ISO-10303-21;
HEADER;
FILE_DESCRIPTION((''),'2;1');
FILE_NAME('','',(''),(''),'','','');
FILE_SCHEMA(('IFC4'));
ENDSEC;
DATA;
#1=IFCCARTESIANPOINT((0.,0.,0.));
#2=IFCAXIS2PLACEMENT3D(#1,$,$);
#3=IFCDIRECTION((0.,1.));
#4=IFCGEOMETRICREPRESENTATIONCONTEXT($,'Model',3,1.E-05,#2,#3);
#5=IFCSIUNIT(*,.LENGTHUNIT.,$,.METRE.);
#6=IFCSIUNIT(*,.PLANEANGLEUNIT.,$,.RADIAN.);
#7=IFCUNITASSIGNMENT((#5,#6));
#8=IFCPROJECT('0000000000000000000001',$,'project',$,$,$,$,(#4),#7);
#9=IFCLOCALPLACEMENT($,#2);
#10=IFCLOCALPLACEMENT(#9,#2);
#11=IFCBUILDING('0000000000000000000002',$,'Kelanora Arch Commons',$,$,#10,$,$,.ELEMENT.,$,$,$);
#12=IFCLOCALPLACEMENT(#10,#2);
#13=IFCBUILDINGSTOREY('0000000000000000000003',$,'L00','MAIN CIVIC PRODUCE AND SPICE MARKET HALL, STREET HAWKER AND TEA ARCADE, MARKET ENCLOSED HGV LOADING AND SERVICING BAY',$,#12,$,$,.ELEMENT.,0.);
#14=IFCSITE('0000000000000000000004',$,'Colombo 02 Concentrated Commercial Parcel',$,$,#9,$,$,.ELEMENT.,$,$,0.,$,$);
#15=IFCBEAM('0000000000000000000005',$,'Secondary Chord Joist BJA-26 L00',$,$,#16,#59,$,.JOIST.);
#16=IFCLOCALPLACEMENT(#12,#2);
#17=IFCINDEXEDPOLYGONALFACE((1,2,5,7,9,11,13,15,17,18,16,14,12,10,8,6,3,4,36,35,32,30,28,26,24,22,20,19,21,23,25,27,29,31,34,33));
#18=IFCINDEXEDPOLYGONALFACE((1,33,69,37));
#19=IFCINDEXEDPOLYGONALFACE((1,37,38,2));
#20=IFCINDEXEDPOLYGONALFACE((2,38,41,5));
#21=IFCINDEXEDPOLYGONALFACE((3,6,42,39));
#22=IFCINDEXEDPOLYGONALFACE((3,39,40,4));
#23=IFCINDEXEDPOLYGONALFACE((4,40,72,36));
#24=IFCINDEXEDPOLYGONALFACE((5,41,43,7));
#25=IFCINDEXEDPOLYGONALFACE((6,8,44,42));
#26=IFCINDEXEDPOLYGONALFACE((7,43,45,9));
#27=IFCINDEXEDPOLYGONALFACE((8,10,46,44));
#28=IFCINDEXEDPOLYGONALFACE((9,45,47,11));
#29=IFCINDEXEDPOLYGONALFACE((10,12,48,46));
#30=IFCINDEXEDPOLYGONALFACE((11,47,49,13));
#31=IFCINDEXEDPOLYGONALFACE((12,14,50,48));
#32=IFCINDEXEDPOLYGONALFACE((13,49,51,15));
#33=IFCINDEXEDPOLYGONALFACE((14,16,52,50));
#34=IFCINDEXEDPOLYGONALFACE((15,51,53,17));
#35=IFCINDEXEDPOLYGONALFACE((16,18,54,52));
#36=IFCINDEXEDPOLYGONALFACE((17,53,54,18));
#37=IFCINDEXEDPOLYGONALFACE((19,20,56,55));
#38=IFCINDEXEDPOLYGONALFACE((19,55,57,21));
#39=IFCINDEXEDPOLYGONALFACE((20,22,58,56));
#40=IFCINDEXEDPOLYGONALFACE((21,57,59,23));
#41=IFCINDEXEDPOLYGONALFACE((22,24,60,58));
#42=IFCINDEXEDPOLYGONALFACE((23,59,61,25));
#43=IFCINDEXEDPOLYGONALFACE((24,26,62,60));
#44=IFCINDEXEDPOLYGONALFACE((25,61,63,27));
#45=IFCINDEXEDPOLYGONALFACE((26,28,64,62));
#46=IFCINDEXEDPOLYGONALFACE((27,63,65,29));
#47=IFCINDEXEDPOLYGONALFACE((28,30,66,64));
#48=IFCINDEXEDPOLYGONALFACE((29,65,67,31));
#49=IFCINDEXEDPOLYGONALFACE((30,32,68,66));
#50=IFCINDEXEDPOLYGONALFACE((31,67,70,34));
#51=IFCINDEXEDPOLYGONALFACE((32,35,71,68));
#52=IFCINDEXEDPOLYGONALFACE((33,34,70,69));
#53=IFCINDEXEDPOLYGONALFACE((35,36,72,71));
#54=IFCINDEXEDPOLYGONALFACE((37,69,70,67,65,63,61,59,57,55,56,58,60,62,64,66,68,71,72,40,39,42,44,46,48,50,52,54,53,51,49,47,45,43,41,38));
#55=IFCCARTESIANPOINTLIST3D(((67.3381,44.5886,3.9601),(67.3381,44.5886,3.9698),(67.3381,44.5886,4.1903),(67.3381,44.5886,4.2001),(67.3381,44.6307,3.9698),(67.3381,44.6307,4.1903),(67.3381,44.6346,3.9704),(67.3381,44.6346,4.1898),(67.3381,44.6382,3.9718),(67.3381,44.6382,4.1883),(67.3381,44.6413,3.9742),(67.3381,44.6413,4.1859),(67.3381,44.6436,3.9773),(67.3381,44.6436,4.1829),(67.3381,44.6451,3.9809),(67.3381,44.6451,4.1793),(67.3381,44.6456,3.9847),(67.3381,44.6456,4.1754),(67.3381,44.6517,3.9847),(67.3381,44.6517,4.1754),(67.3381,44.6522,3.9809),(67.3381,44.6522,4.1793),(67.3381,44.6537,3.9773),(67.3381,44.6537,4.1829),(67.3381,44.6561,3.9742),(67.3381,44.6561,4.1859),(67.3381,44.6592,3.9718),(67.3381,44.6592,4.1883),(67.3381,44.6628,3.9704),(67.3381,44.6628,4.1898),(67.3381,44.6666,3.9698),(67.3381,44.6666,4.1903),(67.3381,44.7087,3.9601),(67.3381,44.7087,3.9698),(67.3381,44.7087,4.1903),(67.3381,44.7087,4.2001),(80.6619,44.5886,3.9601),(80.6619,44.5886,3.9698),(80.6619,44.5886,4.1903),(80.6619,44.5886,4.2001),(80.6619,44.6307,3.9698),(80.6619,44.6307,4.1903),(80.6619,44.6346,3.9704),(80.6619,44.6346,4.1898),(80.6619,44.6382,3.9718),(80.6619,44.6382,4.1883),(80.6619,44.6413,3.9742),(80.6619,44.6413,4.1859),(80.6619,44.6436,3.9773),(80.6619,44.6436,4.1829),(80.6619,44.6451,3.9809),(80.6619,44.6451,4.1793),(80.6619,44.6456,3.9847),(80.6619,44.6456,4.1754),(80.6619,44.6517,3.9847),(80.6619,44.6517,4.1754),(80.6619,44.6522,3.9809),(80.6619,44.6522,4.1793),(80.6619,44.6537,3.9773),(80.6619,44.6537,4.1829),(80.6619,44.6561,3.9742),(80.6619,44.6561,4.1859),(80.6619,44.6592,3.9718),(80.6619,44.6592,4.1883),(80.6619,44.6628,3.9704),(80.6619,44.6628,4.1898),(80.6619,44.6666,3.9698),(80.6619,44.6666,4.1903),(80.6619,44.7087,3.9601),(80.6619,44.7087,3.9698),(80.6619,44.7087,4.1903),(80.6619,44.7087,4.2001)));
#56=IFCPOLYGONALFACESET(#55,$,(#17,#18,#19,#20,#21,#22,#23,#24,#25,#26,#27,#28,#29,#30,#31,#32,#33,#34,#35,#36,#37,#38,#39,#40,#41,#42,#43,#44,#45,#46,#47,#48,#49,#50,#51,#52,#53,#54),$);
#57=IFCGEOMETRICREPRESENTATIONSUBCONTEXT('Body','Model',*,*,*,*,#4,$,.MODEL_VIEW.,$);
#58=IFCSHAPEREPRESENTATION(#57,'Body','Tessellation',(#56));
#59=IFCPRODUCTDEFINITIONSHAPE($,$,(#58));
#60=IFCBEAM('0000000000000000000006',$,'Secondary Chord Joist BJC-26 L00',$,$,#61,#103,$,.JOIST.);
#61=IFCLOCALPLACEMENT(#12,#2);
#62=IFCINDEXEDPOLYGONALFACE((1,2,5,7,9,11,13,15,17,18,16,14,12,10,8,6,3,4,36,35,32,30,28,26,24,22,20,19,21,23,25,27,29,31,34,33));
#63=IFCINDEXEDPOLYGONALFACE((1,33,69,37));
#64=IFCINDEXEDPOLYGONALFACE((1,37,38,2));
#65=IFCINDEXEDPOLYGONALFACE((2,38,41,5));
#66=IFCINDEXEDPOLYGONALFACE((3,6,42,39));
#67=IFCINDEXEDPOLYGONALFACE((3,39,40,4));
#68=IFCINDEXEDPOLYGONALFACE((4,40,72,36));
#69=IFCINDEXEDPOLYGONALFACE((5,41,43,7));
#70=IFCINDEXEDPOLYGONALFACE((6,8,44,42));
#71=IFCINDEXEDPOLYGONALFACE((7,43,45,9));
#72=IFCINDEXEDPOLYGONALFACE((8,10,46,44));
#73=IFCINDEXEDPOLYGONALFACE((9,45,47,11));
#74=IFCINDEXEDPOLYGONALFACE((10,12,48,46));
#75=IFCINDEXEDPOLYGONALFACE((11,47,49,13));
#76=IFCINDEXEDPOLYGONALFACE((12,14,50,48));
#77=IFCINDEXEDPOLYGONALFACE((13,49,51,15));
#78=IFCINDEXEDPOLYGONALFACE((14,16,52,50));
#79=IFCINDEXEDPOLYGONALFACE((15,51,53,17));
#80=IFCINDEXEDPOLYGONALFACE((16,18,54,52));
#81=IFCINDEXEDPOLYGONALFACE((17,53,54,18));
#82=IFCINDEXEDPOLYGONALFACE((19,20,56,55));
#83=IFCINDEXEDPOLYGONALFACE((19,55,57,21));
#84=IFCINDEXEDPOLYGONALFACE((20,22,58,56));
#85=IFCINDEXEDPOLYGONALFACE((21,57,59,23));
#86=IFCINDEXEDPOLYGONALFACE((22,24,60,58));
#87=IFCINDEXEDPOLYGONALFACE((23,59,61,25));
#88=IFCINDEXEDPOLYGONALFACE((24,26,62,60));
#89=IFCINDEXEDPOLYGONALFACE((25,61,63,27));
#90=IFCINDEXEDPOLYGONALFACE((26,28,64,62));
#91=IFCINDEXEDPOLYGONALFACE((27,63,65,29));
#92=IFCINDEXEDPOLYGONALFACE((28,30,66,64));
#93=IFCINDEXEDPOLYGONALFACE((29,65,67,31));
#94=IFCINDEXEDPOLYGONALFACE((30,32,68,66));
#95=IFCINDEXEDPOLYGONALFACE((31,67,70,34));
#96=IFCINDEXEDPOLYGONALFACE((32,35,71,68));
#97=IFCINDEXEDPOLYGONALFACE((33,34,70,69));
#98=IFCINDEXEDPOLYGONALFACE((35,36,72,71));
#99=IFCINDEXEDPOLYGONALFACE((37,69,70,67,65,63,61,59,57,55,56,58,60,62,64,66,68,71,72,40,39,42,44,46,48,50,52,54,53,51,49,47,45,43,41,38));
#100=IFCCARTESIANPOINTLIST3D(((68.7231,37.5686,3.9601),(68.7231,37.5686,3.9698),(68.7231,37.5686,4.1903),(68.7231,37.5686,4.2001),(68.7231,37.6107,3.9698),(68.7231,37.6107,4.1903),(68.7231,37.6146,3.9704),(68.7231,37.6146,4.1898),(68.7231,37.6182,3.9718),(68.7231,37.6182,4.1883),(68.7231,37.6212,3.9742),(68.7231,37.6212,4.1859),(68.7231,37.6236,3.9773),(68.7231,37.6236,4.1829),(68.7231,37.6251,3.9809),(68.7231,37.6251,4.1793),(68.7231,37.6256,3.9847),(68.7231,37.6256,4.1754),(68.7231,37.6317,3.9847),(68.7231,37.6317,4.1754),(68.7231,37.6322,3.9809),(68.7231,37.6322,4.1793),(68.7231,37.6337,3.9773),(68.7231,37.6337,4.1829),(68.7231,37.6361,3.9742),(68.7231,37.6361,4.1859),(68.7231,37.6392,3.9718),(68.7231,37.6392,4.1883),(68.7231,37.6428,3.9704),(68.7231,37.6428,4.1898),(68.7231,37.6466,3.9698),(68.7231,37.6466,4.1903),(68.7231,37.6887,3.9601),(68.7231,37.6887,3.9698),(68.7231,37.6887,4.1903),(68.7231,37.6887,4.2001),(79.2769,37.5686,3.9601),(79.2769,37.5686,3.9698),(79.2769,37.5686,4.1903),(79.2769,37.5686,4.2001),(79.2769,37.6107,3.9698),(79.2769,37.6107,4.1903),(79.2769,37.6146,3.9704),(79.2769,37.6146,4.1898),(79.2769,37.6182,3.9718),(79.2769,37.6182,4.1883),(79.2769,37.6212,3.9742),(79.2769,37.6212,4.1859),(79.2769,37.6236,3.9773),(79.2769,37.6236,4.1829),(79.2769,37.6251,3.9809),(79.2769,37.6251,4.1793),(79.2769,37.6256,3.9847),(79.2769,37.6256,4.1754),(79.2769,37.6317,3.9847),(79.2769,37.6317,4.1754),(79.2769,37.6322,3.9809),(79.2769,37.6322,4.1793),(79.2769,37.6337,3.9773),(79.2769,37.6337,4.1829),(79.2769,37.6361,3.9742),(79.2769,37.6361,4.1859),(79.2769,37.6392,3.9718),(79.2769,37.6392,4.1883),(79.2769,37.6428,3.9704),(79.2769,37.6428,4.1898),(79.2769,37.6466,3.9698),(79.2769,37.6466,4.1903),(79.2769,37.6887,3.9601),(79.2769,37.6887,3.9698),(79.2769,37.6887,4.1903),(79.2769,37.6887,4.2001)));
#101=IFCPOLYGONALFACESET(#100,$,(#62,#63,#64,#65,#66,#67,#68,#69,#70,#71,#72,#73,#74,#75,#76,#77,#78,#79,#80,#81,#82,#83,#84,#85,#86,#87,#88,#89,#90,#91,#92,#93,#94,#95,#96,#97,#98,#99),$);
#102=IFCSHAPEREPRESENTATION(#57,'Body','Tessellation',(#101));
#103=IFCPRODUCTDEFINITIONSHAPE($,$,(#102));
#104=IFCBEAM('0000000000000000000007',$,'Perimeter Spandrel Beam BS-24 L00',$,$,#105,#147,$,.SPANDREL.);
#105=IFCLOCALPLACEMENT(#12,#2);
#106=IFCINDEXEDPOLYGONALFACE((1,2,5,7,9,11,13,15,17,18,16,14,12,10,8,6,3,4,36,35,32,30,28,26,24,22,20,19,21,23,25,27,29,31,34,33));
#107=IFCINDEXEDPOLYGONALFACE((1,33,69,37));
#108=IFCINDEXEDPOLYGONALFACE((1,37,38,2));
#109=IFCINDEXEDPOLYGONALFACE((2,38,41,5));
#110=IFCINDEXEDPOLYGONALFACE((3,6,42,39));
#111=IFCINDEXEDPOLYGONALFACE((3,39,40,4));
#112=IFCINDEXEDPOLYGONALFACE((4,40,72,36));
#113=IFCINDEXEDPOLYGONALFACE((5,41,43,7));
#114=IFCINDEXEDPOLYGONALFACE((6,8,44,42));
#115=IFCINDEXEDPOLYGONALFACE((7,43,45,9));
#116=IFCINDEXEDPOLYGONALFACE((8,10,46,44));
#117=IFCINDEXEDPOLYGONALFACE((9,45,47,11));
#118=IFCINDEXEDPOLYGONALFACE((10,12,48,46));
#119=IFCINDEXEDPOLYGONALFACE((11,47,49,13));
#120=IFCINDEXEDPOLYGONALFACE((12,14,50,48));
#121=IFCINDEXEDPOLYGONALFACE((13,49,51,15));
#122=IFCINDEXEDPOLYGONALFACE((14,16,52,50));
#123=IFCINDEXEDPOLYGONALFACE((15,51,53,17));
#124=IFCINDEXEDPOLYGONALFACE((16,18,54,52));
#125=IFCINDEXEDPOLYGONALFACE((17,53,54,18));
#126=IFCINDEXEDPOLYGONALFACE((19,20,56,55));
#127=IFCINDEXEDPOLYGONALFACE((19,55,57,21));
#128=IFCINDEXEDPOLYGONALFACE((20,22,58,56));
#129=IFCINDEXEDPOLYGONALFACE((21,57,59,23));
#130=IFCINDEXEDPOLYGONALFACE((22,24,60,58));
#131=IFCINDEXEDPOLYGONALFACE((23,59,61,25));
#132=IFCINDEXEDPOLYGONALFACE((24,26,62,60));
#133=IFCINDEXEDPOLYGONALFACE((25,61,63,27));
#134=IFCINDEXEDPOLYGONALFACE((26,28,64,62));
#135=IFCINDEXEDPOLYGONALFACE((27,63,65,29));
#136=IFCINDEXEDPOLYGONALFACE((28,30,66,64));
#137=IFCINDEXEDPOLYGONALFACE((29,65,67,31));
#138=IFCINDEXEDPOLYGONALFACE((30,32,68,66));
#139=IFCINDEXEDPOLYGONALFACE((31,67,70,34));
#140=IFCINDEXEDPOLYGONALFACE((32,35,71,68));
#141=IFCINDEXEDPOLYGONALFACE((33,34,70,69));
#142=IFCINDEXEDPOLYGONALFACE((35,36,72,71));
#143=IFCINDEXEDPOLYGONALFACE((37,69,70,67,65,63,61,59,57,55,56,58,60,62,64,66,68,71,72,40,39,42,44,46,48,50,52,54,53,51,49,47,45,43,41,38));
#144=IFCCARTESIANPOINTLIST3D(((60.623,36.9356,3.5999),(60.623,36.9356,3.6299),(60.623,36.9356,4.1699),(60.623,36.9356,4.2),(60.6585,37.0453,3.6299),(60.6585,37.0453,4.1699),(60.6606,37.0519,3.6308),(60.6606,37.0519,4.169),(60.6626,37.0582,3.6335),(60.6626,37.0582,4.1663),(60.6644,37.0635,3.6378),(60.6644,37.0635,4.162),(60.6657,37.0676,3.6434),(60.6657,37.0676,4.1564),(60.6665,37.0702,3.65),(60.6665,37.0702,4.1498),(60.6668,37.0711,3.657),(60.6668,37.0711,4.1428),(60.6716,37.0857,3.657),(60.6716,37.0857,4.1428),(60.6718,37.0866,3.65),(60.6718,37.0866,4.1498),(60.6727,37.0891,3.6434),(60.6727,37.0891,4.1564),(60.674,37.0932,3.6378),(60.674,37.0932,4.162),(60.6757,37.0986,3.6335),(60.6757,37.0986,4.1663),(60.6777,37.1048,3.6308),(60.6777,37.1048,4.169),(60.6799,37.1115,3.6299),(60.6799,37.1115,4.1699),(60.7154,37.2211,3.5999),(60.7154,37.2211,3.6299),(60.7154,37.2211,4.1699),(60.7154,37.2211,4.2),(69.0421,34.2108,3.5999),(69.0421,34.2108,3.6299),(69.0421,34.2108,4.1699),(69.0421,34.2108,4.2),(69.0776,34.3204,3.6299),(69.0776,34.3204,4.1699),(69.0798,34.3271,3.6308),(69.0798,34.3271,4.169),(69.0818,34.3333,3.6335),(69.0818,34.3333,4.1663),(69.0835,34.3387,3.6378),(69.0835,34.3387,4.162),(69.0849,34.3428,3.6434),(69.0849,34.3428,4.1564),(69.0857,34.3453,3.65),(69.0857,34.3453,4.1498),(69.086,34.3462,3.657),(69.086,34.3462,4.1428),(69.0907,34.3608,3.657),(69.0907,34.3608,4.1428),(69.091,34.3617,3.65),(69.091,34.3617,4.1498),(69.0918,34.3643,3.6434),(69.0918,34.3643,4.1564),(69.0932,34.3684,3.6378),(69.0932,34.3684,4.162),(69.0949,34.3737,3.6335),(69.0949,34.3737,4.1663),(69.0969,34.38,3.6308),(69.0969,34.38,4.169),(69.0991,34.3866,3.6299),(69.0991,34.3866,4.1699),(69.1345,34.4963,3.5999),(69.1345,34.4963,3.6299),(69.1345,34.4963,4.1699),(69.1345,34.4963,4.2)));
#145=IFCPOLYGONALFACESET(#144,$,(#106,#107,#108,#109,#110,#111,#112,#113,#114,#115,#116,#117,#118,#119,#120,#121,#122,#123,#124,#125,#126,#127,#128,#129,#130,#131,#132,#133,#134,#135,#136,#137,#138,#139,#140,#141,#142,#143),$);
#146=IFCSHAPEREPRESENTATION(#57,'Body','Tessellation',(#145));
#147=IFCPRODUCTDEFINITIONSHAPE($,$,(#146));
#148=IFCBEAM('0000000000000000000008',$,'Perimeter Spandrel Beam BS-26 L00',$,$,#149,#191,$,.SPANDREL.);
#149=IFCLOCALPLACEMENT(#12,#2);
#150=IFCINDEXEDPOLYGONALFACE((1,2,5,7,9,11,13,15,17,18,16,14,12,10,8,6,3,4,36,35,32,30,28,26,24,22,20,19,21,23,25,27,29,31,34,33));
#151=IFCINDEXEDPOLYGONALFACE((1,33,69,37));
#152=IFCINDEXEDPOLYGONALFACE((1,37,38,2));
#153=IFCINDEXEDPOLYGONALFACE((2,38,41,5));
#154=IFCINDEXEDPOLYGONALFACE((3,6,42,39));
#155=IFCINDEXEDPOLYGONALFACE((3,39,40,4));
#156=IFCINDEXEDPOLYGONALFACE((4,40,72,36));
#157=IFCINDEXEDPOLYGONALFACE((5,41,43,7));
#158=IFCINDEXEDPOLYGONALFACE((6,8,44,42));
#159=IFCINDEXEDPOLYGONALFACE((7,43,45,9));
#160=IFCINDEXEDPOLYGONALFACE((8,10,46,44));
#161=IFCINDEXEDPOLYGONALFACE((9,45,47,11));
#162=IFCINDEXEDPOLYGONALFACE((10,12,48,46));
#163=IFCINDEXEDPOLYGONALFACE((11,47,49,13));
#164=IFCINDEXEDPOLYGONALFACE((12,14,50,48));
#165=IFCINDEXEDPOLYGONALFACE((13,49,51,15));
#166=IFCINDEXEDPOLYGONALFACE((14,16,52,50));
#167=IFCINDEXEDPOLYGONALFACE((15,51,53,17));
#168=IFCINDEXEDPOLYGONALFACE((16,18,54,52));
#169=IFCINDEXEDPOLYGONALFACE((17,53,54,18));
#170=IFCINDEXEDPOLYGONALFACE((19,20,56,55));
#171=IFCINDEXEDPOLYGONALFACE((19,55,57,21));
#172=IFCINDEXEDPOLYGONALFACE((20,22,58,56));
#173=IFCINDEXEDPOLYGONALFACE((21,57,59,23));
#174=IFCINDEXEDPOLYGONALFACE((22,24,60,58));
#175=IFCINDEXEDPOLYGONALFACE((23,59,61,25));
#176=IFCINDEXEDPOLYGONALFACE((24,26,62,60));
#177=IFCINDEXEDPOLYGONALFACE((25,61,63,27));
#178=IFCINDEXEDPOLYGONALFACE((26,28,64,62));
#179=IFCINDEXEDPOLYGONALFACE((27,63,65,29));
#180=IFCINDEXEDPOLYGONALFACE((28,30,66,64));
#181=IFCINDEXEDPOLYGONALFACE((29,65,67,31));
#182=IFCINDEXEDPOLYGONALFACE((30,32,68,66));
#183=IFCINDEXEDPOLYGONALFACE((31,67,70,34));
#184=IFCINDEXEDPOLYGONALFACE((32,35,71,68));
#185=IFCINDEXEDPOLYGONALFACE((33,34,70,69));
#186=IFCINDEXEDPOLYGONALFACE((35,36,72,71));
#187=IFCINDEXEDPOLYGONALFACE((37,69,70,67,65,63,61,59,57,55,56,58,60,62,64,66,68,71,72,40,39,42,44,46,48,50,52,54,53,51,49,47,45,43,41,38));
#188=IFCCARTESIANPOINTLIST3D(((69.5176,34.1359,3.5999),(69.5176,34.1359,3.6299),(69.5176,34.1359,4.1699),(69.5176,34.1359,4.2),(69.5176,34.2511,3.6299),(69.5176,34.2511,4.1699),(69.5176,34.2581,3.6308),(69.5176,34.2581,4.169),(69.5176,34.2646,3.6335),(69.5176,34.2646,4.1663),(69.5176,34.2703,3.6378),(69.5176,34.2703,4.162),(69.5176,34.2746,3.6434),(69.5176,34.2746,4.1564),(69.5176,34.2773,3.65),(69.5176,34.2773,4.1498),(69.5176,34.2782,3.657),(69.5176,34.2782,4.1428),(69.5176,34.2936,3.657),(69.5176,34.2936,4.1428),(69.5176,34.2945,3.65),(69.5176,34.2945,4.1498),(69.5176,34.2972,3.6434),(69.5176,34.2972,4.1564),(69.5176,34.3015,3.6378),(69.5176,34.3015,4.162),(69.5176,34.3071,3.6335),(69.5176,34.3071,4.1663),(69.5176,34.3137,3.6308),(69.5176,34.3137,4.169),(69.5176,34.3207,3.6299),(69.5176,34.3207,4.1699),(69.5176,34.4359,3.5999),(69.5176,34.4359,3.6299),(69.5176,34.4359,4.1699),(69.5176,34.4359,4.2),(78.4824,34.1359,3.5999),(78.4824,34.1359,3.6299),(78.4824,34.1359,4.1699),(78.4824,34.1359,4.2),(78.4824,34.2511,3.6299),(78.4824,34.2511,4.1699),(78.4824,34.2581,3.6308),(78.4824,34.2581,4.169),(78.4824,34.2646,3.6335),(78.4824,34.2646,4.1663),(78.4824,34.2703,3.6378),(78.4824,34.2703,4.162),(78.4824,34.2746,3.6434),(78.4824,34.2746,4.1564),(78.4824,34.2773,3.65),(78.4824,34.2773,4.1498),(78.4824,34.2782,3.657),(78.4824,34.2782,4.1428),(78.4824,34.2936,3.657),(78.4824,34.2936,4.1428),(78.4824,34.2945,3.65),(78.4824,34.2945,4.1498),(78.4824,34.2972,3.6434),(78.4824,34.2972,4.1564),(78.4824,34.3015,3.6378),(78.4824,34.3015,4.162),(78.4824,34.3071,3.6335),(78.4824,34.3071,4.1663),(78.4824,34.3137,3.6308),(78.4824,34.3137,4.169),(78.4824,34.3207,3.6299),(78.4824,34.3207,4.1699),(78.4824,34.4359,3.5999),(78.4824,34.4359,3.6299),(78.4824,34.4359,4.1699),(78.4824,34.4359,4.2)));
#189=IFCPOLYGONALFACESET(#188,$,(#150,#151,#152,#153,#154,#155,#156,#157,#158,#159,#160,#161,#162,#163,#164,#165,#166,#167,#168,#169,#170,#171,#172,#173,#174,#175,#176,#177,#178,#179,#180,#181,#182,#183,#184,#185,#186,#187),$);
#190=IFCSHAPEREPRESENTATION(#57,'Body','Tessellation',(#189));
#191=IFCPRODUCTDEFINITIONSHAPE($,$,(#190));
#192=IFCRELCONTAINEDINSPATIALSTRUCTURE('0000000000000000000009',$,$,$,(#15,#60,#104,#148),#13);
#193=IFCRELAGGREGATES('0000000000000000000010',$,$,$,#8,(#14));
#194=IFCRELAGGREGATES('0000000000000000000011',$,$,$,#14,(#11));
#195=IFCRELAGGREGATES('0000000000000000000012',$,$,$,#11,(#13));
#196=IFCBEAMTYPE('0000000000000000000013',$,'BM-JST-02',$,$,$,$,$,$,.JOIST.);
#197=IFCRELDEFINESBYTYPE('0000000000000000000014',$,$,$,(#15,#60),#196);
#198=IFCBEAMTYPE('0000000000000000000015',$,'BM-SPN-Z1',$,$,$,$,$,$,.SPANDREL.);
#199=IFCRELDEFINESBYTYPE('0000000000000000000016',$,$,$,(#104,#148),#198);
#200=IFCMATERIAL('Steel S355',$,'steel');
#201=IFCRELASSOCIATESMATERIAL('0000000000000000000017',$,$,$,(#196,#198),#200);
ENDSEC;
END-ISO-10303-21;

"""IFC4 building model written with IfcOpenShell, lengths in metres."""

from ifc_helpers import new_model, si_unit, direction, frame, origin, origin_2d, place, context, subcontext, project, spatial, i_section, extrude, material, material_profile, profile_set, type_object, element, save


model = new_model("IFC4")

# Units and contexts
model_context = context("Model", 3, precision=1e-05, world=origin(), true_north=direction((0.0, 1.0)))
body_context = subcontext(model_context, "Body", "Model", "MODEL_VIEW")
ifc_project = project(units=[si_unit("LENGTHUNIT", "METRE"), si_unit("PLANEANGLEUNIT", "RADIAN")], contexts=[model_context])

# Site, building, storey
site_placement = place(None, origin())
site = spatial("IfcSite", under=ifc_project, at=site_placement, Name="Colombo 02 Concentrated Commercial Parcel", CompositionType="ELEMENT", RefElevation=0.0)
building_placement = place(site_placement, origin())
building = spatial("IfcBuilding", under=site, at=building_placement, Name="Kelanora Arch Commons", CompositionType="ELEMENT")
storey_placement = place(building_placement, origin())
storey = spatial("IfcBuildingStorey", under=building, at=storey_placement, Name="L00", Description="MAIN CIVIC PRODUCE AND SPICE MARKET HALL, STREET HAWKER AND TEA ARCADE, MARKET ENCLOSED HGV LOADING AND SERVICING BAY", CompositionType="ELEMENT", Elevation=0.0)

# Beams
ifc_material_1 = material(Name="Steel S355", Category="steel")
ifc_material_profile_1 = material_profile(ifc_material_1, i_section(OverallWidth=0.1201, OverallDepth=0.24, WebThickness=0.0061, FlangeThickness=0.0098, FilletRadius=0.0149, at=origin_2d()), Name="IPE240")
ifc_profile_set_1 = profile_set([ifc_material_profile_1], Name="Steel S355")
beam_type_1 = type_object("IfcBeamType", Name="BM-JST-02", PredefinedType="JOIST", material=ifc_profile_set_1)
beam_1_placement = place(storey_placement, frame((67.3381, 44.6487, 4.0801), z_axis=(1.0, 0.0, 0.0), x_axis=(0.0, 1.0, 0.0)))
element("IfcBeam", 1, at=beam_1_placement, inside=storey, type_object=beam_type_1, Name="Secondary Chord Joist BJA-26 L00", PredefinedType="JOIST", context=body_context, shape_type="SweptSolid", body=[
    extrude(i_section(OverallWidth=0.1201, OverallDepth=0.24, WebThickness=0.0061, FlangeThickness=0.0098, FilletRadius=0.0149, at=origin_2d()), origin(), (0.0, 0.0, 1.0), 13.3237),
])
beam_2_placement = place(storey_placement, frame((68.7231, 37.6287, 4.0801), z_axis=(1.0, 0.0, 0.0), x_axis=(0.0, 1.0, 0.0)))
element("IfcBeam", 2, at=beam_2_placement, inside=storey, type_object=beam_type_1, Name="Secondary Chord Joist BJC-26 L00", PredefinedType="JOIST", context=body_context, shape_type="SweptSolid", body=[
    extrude(i_section(OverallWidth=0.1201, OverallDepth=0.24, WebThickness=0.0061, FlangeThickness=0.0098, FilletRadius=0.0149, at=origin_2d()), origin(), (0.0, 0.0, 1.0), 10.5537),
])
ifc_material_profile_2 = material_profile(ifc_material_1, i_section(OverallWidth=0.3, OverallDepth=0.6001, WebThickness=0.0154, FlangeThickness=0.03, FilletRadius=0.0271, at=origin_2d()), Name="HEB600")
ifc_profile_set_2 = profile_set([ifc_material_profile_2], Name="Steel S355")
beam_type_2 = type_object("IfcBeamType", Name="BM-SPN-Z1", PredefinedType="SPANDREL", material=ifc_profile_set_2)
beam_3_placement = place(storey_placement, frame((60.6692, 37.0784, 3.8999), z_axis=(0.951411, -0.307922, 0.0), x_axis=(0.307922, 0.951411, 0.0)))
element("IfcBeam", 3, at=beam_3_placement, inside=storey, type_object=beam_type_2, Name="Perimeter Spandrel Beam BS-24 L00", PredefinedType="SPANDREL", context=body_context, shape_type="SweptSolid", body=[
    extrude(i_section(OverallWidth=0.3, OverallDepth=0.6001, WebThickness=0.0154, FlangeThickness=0.03, FilletRadius=0.0271, at=origin_2d()), origin(), (0.0, 0.0, 1.0), 8.8491),
])
beam_4_placement = place(storey_placement, frame((69.5176, 34.2859, 3.8999), z_axis=(1.0, 0.0, 0.0), x_axis=(0.0, 1.0, 0.0)))
element("IfcBeam", 4, at=beam_4_placement, inside=storey, type_object=beam_type_2, Name="Perimeter Spandrel Beam BS-26 L00", PredefinedType="SPANDREL", context=body_context, shape_type="SweptSolid", body=[
    extrude(i_section(OverallWidth=0.3, OverallDepth=0.6001, WebThickness=0.0154, FlangeThickness=0.03, FilletRadius=0.0271, at=origin_2d()), origin(), (0.0, 0.0, 1.0), 8.9648),
])

save(model, "model.ifc")
